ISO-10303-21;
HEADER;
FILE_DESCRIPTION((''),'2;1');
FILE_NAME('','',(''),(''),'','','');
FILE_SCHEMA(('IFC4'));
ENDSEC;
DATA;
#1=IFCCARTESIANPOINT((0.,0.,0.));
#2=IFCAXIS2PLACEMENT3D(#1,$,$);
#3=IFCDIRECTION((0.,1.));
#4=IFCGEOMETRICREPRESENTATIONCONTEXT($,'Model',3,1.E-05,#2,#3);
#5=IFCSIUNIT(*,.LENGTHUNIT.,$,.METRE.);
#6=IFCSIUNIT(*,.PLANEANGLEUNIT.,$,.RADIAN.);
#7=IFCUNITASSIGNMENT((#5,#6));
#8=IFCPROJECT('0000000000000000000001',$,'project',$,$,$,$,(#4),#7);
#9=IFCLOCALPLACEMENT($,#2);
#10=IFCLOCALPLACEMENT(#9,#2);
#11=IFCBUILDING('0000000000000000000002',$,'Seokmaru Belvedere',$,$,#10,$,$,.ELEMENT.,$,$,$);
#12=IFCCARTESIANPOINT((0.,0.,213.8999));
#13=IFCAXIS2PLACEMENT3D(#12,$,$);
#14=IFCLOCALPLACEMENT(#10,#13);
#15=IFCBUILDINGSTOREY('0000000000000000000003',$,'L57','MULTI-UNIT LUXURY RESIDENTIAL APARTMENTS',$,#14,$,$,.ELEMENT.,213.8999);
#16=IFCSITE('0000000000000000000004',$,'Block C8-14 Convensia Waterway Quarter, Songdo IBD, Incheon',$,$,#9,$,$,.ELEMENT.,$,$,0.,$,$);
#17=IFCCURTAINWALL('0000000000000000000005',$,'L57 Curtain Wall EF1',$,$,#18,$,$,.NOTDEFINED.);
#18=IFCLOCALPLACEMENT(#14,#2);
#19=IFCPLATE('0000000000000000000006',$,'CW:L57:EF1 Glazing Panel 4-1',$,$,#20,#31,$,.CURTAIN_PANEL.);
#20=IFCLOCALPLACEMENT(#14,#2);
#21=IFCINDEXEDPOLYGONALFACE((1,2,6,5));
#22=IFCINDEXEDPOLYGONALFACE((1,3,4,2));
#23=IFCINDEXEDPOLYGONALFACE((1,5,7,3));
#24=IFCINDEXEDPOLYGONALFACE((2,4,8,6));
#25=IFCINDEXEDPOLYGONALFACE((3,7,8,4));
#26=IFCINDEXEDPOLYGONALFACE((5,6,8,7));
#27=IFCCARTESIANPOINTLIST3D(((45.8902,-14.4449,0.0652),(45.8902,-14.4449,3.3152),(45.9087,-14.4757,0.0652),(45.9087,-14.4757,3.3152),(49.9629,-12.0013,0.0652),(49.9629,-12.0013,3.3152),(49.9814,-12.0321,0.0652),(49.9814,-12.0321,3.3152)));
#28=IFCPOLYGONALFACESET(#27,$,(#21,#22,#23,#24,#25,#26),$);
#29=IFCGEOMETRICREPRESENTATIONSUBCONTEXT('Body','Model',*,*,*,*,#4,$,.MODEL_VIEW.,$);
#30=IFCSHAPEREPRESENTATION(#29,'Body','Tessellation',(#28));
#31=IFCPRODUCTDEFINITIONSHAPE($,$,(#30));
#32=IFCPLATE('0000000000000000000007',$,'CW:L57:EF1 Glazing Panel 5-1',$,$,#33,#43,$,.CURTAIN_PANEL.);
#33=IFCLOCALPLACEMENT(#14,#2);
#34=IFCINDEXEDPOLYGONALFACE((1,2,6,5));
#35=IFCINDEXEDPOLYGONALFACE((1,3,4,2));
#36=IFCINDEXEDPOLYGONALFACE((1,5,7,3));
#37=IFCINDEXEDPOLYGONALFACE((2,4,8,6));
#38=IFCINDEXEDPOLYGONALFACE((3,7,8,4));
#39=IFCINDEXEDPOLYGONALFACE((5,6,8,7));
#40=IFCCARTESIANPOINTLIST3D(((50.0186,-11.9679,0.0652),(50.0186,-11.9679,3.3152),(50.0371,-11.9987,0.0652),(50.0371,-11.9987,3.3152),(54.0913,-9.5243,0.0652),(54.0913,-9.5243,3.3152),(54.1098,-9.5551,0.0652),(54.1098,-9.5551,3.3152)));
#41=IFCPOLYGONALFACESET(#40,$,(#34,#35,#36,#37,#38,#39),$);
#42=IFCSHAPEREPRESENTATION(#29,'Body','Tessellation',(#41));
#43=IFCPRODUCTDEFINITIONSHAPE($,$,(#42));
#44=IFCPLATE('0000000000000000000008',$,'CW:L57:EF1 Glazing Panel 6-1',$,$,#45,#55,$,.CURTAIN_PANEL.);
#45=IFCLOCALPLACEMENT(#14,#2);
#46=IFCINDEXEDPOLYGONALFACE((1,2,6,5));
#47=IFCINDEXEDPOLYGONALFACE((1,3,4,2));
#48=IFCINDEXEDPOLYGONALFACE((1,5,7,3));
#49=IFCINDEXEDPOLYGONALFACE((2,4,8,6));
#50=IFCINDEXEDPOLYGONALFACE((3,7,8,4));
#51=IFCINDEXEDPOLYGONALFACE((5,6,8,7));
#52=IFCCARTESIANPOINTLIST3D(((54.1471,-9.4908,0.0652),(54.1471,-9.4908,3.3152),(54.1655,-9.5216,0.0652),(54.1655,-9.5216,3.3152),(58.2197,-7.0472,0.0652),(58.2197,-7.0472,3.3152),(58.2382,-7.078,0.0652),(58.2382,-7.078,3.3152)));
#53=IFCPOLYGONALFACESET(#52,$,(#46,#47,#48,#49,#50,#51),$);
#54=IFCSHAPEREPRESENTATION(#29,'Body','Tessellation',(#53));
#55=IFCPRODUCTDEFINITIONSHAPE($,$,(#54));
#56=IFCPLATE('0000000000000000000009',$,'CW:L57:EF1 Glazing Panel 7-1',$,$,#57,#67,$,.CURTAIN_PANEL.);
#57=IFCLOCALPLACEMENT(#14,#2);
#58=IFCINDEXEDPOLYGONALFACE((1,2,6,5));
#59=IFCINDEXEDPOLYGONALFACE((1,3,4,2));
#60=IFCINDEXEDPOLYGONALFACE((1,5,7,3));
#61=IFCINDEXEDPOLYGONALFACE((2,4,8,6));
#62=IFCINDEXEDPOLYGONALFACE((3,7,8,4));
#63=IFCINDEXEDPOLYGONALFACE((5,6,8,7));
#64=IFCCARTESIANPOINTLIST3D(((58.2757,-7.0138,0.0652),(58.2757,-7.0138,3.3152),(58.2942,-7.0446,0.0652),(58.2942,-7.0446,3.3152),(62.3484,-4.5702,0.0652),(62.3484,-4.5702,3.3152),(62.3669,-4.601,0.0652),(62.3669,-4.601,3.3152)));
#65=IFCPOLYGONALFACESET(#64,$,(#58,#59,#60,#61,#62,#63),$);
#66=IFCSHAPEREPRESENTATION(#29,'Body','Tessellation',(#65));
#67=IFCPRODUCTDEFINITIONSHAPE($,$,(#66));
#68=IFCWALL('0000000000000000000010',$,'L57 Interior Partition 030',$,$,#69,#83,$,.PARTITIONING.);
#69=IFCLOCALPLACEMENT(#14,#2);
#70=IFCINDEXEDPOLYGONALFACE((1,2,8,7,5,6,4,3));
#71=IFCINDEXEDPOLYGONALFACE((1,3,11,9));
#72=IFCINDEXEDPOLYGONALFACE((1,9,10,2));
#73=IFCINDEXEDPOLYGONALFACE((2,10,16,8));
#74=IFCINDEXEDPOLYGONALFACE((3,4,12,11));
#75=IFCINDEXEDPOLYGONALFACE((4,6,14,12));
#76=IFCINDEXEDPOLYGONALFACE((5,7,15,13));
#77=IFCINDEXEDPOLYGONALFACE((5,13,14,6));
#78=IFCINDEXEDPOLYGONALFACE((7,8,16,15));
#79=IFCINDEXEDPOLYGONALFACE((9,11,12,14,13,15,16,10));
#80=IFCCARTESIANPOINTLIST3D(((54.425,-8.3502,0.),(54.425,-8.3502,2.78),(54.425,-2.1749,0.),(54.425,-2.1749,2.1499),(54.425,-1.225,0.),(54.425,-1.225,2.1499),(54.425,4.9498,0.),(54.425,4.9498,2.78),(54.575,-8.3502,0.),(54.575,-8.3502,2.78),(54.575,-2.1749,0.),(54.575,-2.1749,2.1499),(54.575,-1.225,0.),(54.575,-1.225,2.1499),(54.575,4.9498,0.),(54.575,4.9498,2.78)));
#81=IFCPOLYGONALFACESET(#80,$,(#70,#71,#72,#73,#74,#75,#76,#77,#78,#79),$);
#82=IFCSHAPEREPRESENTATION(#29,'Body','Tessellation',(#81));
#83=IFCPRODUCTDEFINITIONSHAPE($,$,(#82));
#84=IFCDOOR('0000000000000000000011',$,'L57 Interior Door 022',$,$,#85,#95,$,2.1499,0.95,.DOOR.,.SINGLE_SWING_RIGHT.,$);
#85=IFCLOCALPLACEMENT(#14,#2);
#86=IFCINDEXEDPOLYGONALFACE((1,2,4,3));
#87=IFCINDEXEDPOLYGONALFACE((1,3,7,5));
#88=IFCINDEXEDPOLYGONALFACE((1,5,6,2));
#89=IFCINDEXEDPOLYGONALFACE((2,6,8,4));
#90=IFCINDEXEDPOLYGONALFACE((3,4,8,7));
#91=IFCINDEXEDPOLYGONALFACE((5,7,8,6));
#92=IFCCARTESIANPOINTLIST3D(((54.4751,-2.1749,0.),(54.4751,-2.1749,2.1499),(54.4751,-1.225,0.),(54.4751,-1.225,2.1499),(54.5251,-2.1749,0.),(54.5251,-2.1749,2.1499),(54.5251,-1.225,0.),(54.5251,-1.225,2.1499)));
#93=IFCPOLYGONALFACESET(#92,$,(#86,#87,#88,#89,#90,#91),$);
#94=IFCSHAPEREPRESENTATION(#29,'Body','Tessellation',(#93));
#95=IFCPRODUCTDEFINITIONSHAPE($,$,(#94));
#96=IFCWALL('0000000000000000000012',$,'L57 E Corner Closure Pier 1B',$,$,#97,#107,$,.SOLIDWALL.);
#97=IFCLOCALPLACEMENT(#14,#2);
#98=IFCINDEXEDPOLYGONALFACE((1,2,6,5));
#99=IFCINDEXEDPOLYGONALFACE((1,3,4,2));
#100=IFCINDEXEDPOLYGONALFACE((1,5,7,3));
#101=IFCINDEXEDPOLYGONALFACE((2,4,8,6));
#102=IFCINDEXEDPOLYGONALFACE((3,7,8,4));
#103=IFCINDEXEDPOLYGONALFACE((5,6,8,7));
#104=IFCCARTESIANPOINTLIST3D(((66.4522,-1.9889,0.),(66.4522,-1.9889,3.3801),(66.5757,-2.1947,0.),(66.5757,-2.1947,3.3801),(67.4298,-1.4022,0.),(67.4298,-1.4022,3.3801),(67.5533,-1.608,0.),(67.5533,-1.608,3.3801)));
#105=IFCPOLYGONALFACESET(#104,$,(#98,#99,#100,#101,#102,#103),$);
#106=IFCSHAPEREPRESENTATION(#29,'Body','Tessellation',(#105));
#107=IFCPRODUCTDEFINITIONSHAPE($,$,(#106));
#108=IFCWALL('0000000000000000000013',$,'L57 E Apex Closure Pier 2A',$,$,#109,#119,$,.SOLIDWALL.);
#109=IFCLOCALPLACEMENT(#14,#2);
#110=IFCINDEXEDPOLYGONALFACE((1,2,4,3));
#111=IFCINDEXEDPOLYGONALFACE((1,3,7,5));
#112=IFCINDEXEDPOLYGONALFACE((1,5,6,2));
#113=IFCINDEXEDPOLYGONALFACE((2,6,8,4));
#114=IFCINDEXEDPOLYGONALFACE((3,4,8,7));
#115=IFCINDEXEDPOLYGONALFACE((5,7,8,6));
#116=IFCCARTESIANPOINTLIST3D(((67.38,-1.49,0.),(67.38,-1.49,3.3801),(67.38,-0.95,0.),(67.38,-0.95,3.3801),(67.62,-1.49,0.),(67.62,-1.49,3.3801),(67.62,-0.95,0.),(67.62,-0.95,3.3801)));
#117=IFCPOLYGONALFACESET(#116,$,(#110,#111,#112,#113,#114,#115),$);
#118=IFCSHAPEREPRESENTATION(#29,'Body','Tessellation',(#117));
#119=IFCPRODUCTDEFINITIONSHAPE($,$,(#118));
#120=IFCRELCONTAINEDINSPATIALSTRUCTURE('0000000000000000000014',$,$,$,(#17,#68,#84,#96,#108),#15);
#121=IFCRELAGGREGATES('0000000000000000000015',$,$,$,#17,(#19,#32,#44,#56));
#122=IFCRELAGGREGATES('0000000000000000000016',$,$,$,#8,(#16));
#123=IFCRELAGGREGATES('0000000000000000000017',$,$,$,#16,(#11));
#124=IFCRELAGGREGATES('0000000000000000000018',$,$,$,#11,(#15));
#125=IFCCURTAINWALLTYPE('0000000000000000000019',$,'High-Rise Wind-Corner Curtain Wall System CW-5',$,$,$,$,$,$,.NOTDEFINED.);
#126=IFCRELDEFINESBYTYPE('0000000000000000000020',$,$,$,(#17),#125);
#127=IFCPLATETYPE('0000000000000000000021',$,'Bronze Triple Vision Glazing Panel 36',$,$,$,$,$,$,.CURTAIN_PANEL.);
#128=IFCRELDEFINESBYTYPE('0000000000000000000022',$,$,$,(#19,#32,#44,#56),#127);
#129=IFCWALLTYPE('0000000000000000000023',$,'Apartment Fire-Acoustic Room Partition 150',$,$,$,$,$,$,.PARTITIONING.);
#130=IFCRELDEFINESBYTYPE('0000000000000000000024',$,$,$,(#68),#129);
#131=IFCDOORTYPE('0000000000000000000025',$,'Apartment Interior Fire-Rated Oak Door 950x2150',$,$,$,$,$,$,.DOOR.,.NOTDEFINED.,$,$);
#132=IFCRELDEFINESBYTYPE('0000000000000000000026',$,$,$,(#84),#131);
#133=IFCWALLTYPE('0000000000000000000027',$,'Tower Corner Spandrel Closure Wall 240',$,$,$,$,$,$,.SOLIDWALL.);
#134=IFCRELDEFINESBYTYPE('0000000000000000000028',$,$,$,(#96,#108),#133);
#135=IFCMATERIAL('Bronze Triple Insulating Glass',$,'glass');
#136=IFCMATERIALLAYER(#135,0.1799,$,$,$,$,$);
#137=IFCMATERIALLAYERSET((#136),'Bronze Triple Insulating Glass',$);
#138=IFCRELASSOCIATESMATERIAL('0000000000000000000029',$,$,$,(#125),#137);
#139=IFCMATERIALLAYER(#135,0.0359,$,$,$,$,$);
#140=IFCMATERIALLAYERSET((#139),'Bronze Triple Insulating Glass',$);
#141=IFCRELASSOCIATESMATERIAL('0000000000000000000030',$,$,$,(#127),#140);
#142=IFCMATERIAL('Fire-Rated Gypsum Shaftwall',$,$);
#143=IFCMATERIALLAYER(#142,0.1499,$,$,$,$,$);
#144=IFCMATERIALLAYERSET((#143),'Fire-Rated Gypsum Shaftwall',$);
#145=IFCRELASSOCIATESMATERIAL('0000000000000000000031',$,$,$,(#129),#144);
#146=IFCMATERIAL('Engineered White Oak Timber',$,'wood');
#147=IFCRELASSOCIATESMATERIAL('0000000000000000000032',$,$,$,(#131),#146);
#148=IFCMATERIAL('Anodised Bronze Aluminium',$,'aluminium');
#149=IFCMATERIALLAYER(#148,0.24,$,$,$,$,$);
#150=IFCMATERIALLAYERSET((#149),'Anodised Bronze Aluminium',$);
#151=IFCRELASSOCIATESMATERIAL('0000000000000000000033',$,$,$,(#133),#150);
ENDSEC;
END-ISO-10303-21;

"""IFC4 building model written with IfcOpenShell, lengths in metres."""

from ifc_helpers import new_model, si_unit, direction, frame, frame_2d, origin, origin_2d, place, context, subcontext, project, spatial, rectangle, extrude, source, transform, mapped, material, layer, layer_set, type_object, type_shapes, element, fill, aggregate, save


model = new_model("IFC4")

# Units and contexts
model_context = context("Model", 3, precision=1e-05, world=origin(), true_north=direction((0.0, 1.0)))
body_context = subcontext(model_context, "Body", "Model", "MODEL_VIEW")
ifc_project = project(units=[si_unit("LENGTHUNIT", "METRE"), si_unit("PLANEANGLEUNIT", "RADIAN")], contexts=[model_context])

# Site, building, storey
site_placement = place(None, origin())
site = spatial("IfcSite", under=ifc_project, at=site_placement, Name="Block C8-14 Convensia Waterway Quarter, Songdo IBD, Incheon", CompositionType="ELEMENT", RefElevation=0.0)
building_placement = place(site_placement, origin())
building = spatial("IfcBuilding", under=site, at=building_placement, Name="Seokmaru Belvedere", CompositionType="ELEMENT")
storey_placement = place(building_placement, frame((0.0, 0.0, 213.8999)))
storey = spatial("IfcBuildingStorey", under=building, at=storey_placement, Name="L57", Description="MULTI-UNIT LUXURY RESIDENTIAL APARTMENTS", CompositionType="ELEMENT", Elevation=213.8999)

# Curtain wall, plates
ifc_material_1 = material(Name="Bronze Triple Insulating Glass", Category="glass")
ifc_layer_1 = layer(ifc_material_1, 0.1799)
ifc_layer_set_1 = layer_set([ifc_layer_1], Name="Bronze Triple Insulating Glass")
curtain_wall_type = type_object("IfcCurtainWallType", Name="High-Rise Wind-Corner Curtain Wall System CW-5", PredefinedType="NOTDEFINED", material=ifc_layer_set_1)
curtain_wall_placement = place(storey_placement, origin())
curtain_wall = element("IfcCurtainWall", 1, at=curtain_wall_placement, inside=storey, type_object=curtain_wall_type, Name="L57 Curtain Wall EF1", PredefinedType="NOTDEFINED")
ifc_material_2 = material(Name="Anodised Bronze Aluminium", Category="aluminium")
ifc_layer_2 = layer(ifc_material_1, 0.0359)
ifc_layer_set_2 = layer_set([ifc_layer_2], Name="Bronze Triple Insulating Glass")
plate_type = type_object("IfcPlateType", Name="Bronze Triple Vision Glazing Panel 36", PredefinedType="CURTAIN_PANEL", material=ifc_layer_set_2)
shared_shape_1 = source(origin(), body_context, "Body", "SweptSolid", [
    extrude(rectangle(XDim=4.7495, YDim=0.0359, at=origin_2d()), origin(), (0.0, 0.0, 1.0), 3.25),
])
plate_1_placement = place(storey_placement, frame((47.9358, -13.2385, 0.0652), z_axis=(0.0, 0.0, 1.0), x_axis=(0.857493, 0.514495, 0.0)))
plate_1 = element("IfcPlate", 2, at=plate_1_placement, type_object=plate_type, Name="CW:L57:EF1 Glazing Panel 4-1", PredefinedType="CURTAIN_PANEL", context=body_context, shape_type="MappedRepresentation", body=[
    mapped(shared_shape_1, transform((0.0, 0.0, 0.0), scale=1.0)),
])
plate_2_placement = place(storey_placement, frame((52.0642, -10.7615, 0.0652), z_axis=(0.0, 0.0, 1.0), x_axis=(0.857493, 0.514495, 0.0)))
plate_2 = element("IfcPlate", 3, at=plate_2_placement, type_object=plate_type, Name="CW:L57:EF1 Glazing Panel 5-1", PredefinedType="CURTAIN_PANEL", context=body_context, shape_type="MappedRepresentation", body=[
    mapped(shared_shape_1, transform((0.0, 0.0, 0.0), scale=1.0)),
])
plate_3_placement = place(storey_placement, frame((56.1926, -8.2844, 0.0652), z_axis=(0.0, 0.0, 1.0), x_axis=(0.857493, 0.514495, 0.0)))
plate_3 = element("IfcPlate", 4, at=plate_3_placement, type_object=plate_type, Name="CW:L57:EF1 Glazing Panel 6-1", PredefinedType="CURTAIN_PANEL", context=body_context, shape_type="MappedRepresentation", body=[
    mapped(shared_shape_1, transform((0.0, 0.0, 0.0), scale=1.0)),
])
plate_4_placement = place(storey_placement, frame((60.3213, -5.8074, 0.0652), z_axis=(0.0, 0.0, 1.0), x_axis=(0.857493, 0.514495, 0.0)))
plate_4 = element("IfcPlate", 5, at=plate_4_placement, type_object=plate_type, Name="CW:L57:EF1 Glazing Panel 7-1", PredefinedType="CURTAIN_PANEL", context=body_context, shape_type="MappedRepresentation", body=[
    mapped(shared_shape_1, transform((0.0, 0.0, 0.0), scale=1.0)),
])
aggregate(curtain_wall, [plate_1, plate_2, plate_3, plate_4])

# Wall, opening, door
ifc_material_3 = material(Name="Fire-Rated Gypsum Shaftwall")
ifc_layer_3 = layer(ifc_material_3, 0.1499)
ifc_layer_set_3 = layer_set([ifc_layer_3], Name="Fire-Rated Gypsum Shaftwall")
wall_type_1 = type_object("IfcWallType", Name="Apartment Fire-Acoustic Room Partition 150", PredefinedType="PARTITIONING", material=ifc_layer_set_3)
wall_1_placement = place(storey_placement, frame((54.5, -8.3501, 0.0), z_axis=(0.0, 0.0, 1.0), x_axis=(0.0, 1.0, 0.0)))
wall_1 = element("IfcWall", 6, at=wall_1_placement, inside=storey, type_object=wall_type_1, Name="L57 Interior Partition 030", PredefinedType="PARTITIONING", context=body_context, shape_type="SweptSolid", body=[
    extrude(rectangle(XDim=13.3, YDim=0.1499, at=frame_2d((6.6499, 0.0))), origin(), (0.0, 0.0, 1.0), 2.78),
])
opening_placement = place(wall_1_placement, frame((6.175, 0.0, 0.0)))
opening = element("IfcOpeningElement", 7, at=opening_placement, cuts=wall_1, PredefinedType="OPENING", context=body_context, shape_type="SweptSolid", body=[
    extrude(rectangle(XDim=0.95, YDim=2.1499, at=frame_2d((0.4751, 1.075))), frame((0.0, 0.085, 0.0), z_axis=(0.0, -1.0, 0.0), x_axis=(1.0, 0.0, 0.0)), (0.0, 0.0, 1.0), 0.1699),
])
ifc_material_4 = material(Name="Engineered White Oak Timber", Category="wood")
door_type = type_object("IfcDoorType", Name="Apartment Interior Fire-Rated Oak Door 950x2150", OperationType="NOTDEFINED", PredefinedType="DOOR", material=ifc_material_4)
shared_shape_2 = source(origin(), body_context, "Body", "SweptSolid", [
    extrude(rectangle(XDim=0.95, YDim=2.1499, at=frame_2d((0.4751, 1.075))), frame((0.0, 0.0249, 0.0), z_axis=(0.0, -1.0, 0.0), x_axis=(1.0, 0.0, 0.0)), (0.0, 0.0, 1.0), 0.05),
])
type_shapes(door_type, [shared_shape_2])
door_placement = place(opening_placement, origin())
door = element("IfcDoor", 8, at=door_placement, inside=storey, type_object=door_type, Name="L57 Interior Door 022", OperationType="SINGLE_SWING_RIGHT", OverallHeight=2.1499, OverallWidth=0.95, PredefinedType="DOOR", context=body_context, shape_type="MappedRepresentation", body=[
    mapped(shared_shape_2, transform((0.0, 0.0, 0.0), scale=1.0)),
])
fill(opening, door)

# Walls
ifc_layer_4 = layer(ifc_material_2, 0.24)
ifc_layer_set_4 = layer_set([ifc_layer_4], Name="Anodised Bronze Aluminium")
wall_type_2 = type_object("IfcWallType", Name="Tower Corner Spandrel Closure Wall 240", PredefinedType="SOLIDWALL", material=ifc_layer_set_4)
wall_2_placement = place(storey_placement, frame((66.5139, -2.0918, 0.0), z_axis=(0.0, 0.0, 1.0), x_axis=(0.857436, 0.51459, 0.0)))
element("IfcWall", 9, at=wall_2_placement, inside=storey, type_object=wall_type_2, Name="L57 E Corner Closure Pier 1B", PredefinedType="SOLIDWALL", context=body_context, shape_type="SweptSolid", body=[
    extrude(rectangle(XDim=1.1401, YDim=0.24, at=frame_2d((0.5701, 0.0))), origin(), (0.0, 0.0, 1.0), 3.3801),
])
wall_3_placement = place(storey_placement, frame((67.5, -1.49, 0.0), z_axis=(0.0, 0.0, 1.0), x_axis=(0.0, 1.0, 0.0)))
element("IfcWall", 10, at=wall_3_placement, inside=storey, type_object=wall_type_2, Name="L57 E Apex Closure Pier 2A", PredefinedType="SOLIDWALL", context=body_context, shape_type="SweptSolid", body=[
    extrude(rectangle(XDim=0.54, YDim=0.24, at=frame_2d((0.27, 0.0))), origin(), (0.0, 0.0, 1.0), 3.3801),
])

save(model, "model.ifc")
